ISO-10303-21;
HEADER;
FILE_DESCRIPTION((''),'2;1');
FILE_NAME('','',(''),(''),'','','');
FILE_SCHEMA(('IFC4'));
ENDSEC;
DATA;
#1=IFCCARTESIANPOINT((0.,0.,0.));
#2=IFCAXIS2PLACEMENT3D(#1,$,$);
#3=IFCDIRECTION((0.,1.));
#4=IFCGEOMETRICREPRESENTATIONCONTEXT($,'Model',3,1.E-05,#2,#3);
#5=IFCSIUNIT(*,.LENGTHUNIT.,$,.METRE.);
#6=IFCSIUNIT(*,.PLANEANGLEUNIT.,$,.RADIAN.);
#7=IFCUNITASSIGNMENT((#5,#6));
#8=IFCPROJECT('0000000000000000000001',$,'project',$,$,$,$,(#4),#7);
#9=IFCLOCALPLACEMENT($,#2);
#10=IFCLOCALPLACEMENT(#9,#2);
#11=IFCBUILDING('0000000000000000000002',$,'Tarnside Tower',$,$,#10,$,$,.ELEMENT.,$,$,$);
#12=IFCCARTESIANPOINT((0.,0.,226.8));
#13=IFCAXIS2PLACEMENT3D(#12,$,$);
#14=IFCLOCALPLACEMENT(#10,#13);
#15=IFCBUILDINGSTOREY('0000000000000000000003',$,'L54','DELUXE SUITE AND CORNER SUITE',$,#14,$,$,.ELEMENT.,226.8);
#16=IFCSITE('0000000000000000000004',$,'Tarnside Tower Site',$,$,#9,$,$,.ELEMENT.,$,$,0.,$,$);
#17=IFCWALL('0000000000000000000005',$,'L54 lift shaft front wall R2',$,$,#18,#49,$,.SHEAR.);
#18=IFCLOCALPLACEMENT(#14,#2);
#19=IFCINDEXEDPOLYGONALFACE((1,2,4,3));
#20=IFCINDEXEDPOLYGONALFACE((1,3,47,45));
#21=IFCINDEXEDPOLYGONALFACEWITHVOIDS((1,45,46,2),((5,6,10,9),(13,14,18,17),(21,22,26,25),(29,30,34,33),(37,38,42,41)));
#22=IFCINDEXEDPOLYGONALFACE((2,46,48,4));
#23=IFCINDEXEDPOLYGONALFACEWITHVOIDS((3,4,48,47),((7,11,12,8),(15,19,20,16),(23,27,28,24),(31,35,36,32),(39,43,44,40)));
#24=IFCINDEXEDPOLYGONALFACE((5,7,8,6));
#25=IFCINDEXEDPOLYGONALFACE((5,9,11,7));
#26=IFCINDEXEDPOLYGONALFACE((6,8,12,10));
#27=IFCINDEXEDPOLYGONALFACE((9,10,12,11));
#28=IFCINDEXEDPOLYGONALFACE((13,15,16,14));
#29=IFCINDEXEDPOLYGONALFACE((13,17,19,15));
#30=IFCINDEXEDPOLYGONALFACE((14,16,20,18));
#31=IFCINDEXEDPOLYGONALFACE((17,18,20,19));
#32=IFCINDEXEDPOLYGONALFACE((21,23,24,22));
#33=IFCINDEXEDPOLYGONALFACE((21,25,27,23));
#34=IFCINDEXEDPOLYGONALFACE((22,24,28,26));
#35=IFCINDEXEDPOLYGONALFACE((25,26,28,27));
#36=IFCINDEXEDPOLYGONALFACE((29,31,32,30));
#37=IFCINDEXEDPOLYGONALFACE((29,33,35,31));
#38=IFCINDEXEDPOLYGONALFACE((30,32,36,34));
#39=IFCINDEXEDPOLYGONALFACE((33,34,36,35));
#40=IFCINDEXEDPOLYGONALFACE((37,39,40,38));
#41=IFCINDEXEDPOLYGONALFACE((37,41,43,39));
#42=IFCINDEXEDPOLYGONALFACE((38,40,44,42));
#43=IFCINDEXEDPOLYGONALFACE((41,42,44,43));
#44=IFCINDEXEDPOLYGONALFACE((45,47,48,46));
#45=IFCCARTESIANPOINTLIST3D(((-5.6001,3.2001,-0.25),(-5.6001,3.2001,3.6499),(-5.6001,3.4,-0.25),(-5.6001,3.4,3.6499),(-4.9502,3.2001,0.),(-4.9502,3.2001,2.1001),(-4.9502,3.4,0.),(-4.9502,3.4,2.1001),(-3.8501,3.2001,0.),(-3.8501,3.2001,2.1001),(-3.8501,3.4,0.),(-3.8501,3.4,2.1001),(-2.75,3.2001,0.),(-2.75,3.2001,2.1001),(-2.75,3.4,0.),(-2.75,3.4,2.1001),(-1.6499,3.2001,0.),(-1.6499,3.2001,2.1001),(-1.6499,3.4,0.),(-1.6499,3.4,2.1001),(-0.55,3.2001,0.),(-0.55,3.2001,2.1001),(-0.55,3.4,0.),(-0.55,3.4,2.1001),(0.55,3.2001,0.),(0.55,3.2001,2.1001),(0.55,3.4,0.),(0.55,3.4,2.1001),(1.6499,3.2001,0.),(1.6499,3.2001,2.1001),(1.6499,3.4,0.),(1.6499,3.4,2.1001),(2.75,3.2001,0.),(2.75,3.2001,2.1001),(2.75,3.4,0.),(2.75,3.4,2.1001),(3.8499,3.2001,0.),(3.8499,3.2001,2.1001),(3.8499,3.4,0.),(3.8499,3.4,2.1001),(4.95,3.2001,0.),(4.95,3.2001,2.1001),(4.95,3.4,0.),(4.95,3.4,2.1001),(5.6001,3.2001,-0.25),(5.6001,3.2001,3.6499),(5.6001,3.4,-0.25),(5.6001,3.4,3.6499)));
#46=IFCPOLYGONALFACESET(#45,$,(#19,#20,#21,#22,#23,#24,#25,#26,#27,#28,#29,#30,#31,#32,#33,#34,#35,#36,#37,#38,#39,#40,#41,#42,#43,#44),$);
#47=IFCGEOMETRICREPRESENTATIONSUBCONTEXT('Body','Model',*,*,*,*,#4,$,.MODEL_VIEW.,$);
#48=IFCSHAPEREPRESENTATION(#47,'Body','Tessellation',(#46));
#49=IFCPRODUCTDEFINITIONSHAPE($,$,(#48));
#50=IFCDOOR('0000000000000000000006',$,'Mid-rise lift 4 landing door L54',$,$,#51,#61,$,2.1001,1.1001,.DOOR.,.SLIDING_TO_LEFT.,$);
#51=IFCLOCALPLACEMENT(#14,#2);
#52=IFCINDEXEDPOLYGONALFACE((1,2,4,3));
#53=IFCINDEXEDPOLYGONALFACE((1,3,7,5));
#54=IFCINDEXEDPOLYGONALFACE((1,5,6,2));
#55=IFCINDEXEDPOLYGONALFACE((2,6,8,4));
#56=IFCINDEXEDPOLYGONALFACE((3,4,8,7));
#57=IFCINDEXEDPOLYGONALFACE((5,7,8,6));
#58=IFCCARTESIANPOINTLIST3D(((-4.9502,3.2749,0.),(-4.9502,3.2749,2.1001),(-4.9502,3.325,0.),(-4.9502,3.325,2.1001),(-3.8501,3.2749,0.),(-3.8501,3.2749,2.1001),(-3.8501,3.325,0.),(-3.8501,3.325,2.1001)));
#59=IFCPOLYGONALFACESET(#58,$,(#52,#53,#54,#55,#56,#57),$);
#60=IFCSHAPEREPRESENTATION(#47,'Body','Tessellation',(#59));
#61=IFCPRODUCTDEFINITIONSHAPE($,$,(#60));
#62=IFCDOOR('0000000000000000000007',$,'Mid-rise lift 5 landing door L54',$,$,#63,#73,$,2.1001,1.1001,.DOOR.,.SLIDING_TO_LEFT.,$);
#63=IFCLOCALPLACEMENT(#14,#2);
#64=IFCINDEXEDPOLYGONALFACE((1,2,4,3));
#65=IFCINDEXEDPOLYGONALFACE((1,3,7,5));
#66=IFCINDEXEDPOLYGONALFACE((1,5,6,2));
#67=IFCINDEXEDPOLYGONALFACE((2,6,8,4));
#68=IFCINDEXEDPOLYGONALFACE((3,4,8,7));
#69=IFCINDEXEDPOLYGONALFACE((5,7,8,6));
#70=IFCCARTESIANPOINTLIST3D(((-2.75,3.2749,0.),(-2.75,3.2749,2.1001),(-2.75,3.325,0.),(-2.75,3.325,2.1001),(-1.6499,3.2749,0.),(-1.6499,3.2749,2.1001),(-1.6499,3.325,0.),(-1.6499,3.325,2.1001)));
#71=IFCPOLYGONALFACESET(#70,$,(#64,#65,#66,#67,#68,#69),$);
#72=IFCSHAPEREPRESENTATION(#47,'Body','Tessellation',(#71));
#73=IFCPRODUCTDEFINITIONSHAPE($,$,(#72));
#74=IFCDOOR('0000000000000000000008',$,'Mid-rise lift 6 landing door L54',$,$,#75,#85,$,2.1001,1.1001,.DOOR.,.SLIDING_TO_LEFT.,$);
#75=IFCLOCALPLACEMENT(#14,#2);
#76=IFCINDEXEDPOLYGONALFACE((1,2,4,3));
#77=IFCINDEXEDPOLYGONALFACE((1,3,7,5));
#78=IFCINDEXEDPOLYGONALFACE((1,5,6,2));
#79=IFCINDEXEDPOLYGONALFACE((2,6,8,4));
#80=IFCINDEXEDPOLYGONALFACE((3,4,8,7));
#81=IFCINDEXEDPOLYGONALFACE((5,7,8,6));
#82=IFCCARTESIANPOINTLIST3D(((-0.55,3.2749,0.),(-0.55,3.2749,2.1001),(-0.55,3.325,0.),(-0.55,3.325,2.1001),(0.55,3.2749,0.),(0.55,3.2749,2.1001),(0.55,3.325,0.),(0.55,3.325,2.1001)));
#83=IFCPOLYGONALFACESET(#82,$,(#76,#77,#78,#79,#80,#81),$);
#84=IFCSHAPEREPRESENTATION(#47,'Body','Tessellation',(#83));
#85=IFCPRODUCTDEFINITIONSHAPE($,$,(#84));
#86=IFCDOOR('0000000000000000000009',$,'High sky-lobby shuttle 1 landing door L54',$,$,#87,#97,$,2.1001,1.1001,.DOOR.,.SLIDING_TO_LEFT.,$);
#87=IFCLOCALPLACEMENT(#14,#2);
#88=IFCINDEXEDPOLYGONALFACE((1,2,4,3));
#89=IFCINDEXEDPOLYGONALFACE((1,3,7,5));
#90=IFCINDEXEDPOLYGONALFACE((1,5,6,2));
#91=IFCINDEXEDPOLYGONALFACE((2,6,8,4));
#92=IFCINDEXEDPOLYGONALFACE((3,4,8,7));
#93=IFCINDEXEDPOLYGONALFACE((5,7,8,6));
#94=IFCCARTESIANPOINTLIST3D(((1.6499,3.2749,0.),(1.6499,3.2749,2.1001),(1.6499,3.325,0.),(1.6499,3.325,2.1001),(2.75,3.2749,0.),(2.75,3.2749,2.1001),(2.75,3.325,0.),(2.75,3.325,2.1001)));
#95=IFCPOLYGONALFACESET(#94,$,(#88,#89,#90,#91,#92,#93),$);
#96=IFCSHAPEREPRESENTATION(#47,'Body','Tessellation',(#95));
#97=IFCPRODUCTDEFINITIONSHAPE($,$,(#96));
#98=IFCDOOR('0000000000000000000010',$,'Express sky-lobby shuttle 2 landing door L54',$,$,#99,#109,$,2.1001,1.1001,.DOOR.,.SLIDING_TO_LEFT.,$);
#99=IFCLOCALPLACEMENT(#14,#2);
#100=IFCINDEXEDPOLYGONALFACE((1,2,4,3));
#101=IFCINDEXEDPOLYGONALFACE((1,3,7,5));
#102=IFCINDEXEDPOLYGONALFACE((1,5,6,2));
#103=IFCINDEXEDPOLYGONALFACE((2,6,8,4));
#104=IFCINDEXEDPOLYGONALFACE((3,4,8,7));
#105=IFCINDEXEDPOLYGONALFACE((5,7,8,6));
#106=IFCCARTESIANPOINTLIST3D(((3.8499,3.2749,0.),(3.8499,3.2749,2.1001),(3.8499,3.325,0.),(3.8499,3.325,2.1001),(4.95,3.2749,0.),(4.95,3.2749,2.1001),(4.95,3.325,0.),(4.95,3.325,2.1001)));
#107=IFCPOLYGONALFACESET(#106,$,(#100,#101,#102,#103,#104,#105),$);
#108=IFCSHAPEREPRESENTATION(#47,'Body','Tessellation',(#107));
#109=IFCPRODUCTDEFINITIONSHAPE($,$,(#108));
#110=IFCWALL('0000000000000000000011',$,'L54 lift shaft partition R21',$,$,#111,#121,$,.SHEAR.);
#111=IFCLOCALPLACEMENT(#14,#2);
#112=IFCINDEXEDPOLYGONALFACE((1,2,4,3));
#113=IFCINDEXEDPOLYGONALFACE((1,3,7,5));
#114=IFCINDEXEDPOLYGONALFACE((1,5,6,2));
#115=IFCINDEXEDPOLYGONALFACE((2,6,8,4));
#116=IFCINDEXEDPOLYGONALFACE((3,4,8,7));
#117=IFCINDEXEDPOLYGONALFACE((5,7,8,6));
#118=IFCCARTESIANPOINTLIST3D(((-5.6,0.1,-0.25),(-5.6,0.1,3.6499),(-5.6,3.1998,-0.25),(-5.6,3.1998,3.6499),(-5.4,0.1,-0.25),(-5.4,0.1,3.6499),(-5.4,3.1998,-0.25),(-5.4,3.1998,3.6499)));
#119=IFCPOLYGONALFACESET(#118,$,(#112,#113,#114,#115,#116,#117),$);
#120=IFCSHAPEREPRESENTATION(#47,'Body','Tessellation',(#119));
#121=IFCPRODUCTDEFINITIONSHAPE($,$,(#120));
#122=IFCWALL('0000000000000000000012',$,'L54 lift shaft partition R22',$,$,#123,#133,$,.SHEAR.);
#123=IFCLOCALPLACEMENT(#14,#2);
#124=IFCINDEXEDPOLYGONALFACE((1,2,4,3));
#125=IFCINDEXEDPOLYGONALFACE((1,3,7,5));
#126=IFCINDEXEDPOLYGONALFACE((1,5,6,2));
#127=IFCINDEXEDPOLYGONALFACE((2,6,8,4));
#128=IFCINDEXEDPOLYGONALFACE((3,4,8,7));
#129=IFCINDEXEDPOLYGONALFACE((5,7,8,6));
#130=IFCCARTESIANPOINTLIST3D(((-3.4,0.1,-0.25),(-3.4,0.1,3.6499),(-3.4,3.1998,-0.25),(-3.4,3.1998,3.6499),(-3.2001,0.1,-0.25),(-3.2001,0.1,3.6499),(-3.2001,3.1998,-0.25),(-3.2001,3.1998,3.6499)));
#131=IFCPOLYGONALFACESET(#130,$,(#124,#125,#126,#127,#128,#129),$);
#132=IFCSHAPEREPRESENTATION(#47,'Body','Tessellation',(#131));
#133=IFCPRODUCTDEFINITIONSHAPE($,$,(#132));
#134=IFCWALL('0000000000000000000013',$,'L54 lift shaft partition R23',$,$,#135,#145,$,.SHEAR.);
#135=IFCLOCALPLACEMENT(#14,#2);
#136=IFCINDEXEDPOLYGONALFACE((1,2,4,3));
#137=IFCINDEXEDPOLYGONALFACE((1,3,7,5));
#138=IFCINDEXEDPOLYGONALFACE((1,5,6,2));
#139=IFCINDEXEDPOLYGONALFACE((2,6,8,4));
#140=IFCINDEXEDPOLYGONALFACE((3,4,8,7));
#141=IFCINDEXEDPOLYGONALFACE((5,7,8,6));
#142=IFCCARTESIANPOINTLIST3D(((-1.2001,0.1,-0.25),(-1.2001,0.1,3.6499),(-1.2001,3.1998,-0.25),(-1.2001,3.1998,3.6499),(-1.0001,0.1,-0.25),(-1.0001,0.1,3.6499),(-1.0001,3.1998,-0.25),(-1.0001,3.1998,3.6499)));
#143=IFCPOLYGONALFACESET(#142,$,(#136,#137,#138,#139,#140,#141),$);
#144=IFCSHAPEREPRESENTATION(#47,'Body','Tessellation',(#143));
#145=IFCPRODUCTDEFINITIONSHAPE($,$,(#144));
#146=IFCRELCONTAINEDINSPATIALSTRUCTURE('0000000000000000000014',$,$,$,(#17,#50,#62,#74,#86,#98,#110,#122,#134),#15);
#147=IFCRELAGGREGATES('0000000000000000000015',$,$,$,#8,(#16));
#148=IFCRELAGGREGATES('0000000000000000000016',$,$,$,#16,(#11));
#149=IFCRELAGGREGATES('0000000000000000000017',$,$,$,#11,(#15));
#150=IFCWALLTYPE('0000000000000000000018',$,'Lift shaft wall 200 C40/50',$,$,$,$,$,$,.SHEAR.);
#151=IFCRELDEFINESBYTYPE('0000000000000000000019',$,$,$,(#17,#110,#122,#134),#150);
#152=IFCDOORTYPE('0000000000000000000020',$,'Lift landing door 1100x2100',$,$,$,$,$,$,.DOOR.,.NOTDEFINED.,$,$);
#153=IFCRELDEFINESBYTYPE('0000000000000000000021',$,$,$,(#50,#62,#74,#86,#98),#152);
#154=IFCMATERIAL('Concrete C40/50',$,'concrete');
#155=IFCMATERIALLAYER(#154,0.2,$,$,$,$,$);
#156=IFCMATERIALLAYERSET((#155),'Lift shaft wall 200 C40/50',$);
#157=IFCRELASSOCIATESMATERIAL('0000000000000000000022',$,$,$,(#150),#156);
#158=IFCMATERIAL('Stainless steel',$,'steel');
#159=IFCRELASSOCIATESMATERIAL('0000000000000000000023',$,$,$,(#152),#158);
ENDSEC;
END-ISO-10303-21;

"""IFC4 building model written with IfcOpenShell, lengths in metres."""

from ifc_helpers import new_model, si_unit, direction, frame, frame_2d, origin, place, context, subcontext, project, spatial, rectangle, extrude, material, layer, layer_set, type_object, element, fill, save


model = new_model("IFC4")

# Units and contexts
model_context = context("Model", 3, precision=1e-05, world=origin(), true_north=direction((0.0, 1.0)))
body_context = subcontext(model_context, "Body", "Model", "MODEL_VIEW")
ifc_project = project(units=[si_unit("LENGTHUNIT", "METRE"), si_unit("PLANEANGLEUNIT", "RADIAN")], contexts=[model_context])

# Site, building, storey
site_placement = place(None, origin())
site = spatial("IfcSite", under=ifc_project, at=site_placement, Name="Tarnside Tower Site", CompositionType="ELEMENT", RefElevation=0.0)
building_placement = place(site_placement, origin())
building = spatial("IfcBuilding", under=site, at=building_placement, Name="Tarnside Tower", CompositionType="ELEMENT")
storey_placement = place(building_placement, frame((0.0, 0.0, 226.8)))
storey = spatial("IfcBuildingStorey", under=building, at=storey_placement, Name="L54", Description="DELUXE SUITE AND CORNER SUITE", CompositionType="ELEMENT", Elevation=226.8)

# Shared definitions
ifc_material_1 = material(Name="Concrete C40/50", Category="concrete")
ifc_layer_1 = layer(ifc_material_1, 0.2)
ifc_layer_set_1 = layer_set([ifc_layer_1], Name="Lift shaft wall 200 C40/50")
wall_type = type_object("IfcWallType", Name="Lift shaft wall 200 C40/50", PredefinedType="SHEAR", material=ifc_layer_set_1)
ifc_material_2 = material(Name="Stainless steel", Category="steel")
door_type_1 = type_object("IfcDoorType", Name="Lift landing door 1100x2100", OperationType="NOTDEFINED", PredefinedType="DOOR", material=ifc_material_2)

# Wall, openings, doors
wall_1_placement = place(storey_placement, frame((-5.6001, 3.3, -0.25), z_axis=(0.0, 0.0, 1.0), x_axis=(1.0, 0.0, 0.0)))
wall_1 = element("IfcWall", 1, at=wall_1_placement, inside=storey, type_object=wall_type, Name="L54 lift shaft front wall R2", PredefinedType="SHEAR", context=body_context, shape_type="SweptSolid", body=[
    extrude(rectangle(XDim=11.2002, YDim=0.2, at=frame_2d((5.6001, 0.0))), origin(), (0.0, 0.0, 1.0), 3.8999),
])
opening_1_placement = place(wall_1_placement, frame((0.6499, 0.0, 0.25)))
opening_1 = element("IfcOpeningElement", 2, at=opening_1_placement, cuts=wall_1, PredefinedType="OPENING", context=body_context, shape_type="SweptSolid", body=[
    extrude(rectangle(XDim=1.1001, YDim=2.1001, at=frame_2d((0.55, 1.05))), frame((0.0, 0.1099, 0.0), z_axis=(0.0, -1.0, 0.0), x_axis=(1.0, 0.0, 0.0)), (0.0, 0.0, 1.0), 0.22),
])
opening_2_placement = place(wall_1_placement, frame((2.8501, 0.0, 0.25)))
opening_2 = element("IfcOpeningElement", 3, at=opening_2_placement, cuts=wall_1, PredefinedType="OPENING", context=body_context, shape_type="SweptSolid", body=[
    extrude(rectangle(XDim=1.1001, YDim=2.1001, at=frame_2d((0.55, 1.05))), frame((0.0, 0.1099, 0.0), z_axis=(0.0, -1.0, 0.0), x_axis=(1.0, 0.0, 0.0)), (0.0, 0.0, 1.0), 0.22),
])
opening_3_placement = place(wall_1_placement, frame((5.05, 0.0, 0.25)))
opening_3 = element("IfcOpeningElement", 4, at=opening_3_placement, cuts=wall_1, PredefinedType="OPENING", context=body_context, shape_type="SweptSolid", body=[
    extrude(rectangle(XDim=1.1001, YDim=2.1001, at=frame_2d((0.55, 1.05))), frame((0.0, 0.1099, 0.0), z_axis=(0.0, -1.0, 0.0), x_axis=(1.0, 0.0, 0.0)), (0.0, 0.0, 1.0), 0.22),
])
opening_4_placement = place(wall_1_placement, frame((7.25, 0.0, 0.25)))
opening_4 = element("IfcOpeningElement", 5, at=opening_4_placement, cuts=wall_1, PredefinedType="OPENING", context=body_context, shape_type="SweptSolid", body=[
    extrude(rectangle(XDim=1.1001, YDim=2.1001, at=frame_2d((0.55, 1.05))), frame((0.0, 0.1099, 0.0), z_axis=(0.0, -1.0, 0.0), x_axis=(1.0, 0.0, 0.0)), (0.0, 0.0, 1.0), 0.22),
])
opening_5_placement = place(wall_1_placement, frame((9.45, 0.0, 0.25)))
opening_5 = element("IfcOpeningElement", 6, at=opening_5_placement, cuts=wall_1, PredefinedType="OPENING", context=body_context, shape_type="SweptSolid", body=[
    extrude(rectangle(XDim=1.1001, YDim=2.1001, at=frame_2d((0.55, 1.05))), frame((0.0, 0.1099, 0.0), z_axis=(0.0, -1.0, 0.0), x_axis=(1.0, 0.0, 0.0)), (0.0, 0.0, 1.0), 0.22),
])
door_1_placement = place(opening_1_placement, origin())
door_1 = element("IfcDoor", 7, at=door_1_placement, inside=storey, type_object=door_type_1, Name="Mid-rise lift 4 landing door L54", OperationType="SLIDING_TO_LEFT", OverallHeight=2.1001, OverallWidth=1.1001, PredefinedType="DOOR", context=body_context, shape_type="SweptSolid", body=[
    extrude(rectangle(XDim=1.1001, YDim=2.1001, at=frame_2d((0.55, 1.05))), frame((0.0, 0.0249, 0.0), z_axis=(0.0, -1.0, 0.0), x_axis=(1.0, 0.0, 0.0)), (0.0, 0.0, 1.0), 0.05),
])
fill(opening_1, door_1)
door_2_placement = place(opening_2_placement, origin())
door_2 = element("IfcDoor", 8, at=door_2_placement, inside=storey, type_object=door_type_1, Name="Mid-rise lift 5 landing door L54", OperationType="SLIDING_TO_LEFT", OverallHeight=2.1001, OverallWidth=1.1001, PredefinedType="DOOR", context=body_context, shape_type="SweptSolid", body=[
    extrude(rectangle(XDim=1.1001, YDim=2.1001, at=frame_2d((0.55, 1.05))), frame((0.0, 0.0249, 0.0), z_axis=(0.0, -1.0, 0.0), x_axis=(1.0, 0.0, 0.0)), (0.0, 0.0, 1.0), 0.05),
])
fill(opening_2, door_2)
door_3_placement = place(opening_3_placement, origin())
door_3 = element("IfcDoor", 9, at=door_3_placement, inside=storey, type_object=door_type_1, Name="Mid-rise lift 6 landing door L54", OperationType="SLIDING_TO_LEFT", OverallHeight=2.1001, OverallWidth=1.1001, PredefinedType="DOOR", context=body_context, shape_type="SweptSolid", body=[
    extrude(rectangle(XDim=1.1001, YDim=2.1001, at=frame_2d((0.55, 1.05))), frame((0.0, 0.0249, 0.0), z_axis=(0.0, -1.0, 0.0), x_axis=(1.0, 0.0, 0.0)), (0.0, 0.0, 1.0), 0.05),
])
fill(opening_3, door_3)
door_4_placement = place(opening_4_placement, origin())
door_4 = element("IfcDoor", 10, at=door_4_placement, inside=storey, type_object=door_type_1, Name="High sky-lobby shuttle 1 landing door L54", OperationType="SLIDING_TO_LEFT", OverallHeight=2.1001, OverallWidth=1.1001, PredefinedType="DOOR", context=body_context, shape_type="SweptSolid", body=[
    extrude(rectangle(XDim=1.1001, YDim=2.1001, at=frame_2d((0.55, 1.05))), frame((0.0, 0.0249, 0.0), z_axis=(0.0, -1.0, 0.0), x_axis=(1.0, 0.0, 0.0)), (0.0, 0.0, 1.0), 0.05),
])
fill(opening_4, door_4)
door_5_placement = place(opening_5_placement, origin())
door_5 = element("IfcDoor", 11, at=door_5_placement, inside=storey, type_object=door_type_1, Name="Express sky-lobby shuttle 2 landing door L54", OperationType="SLIDING_TO_LEFT", OverallHeight=2.1001, OverallWidth=1.1001, PredefinedType="DOOR", context=body_context, shape_type="SweptSolid", body=[
    extrude(rectangle(XDim=1.1001, YDim=2.1001, at=frame_2d((0.55, 1.05))), frame((0.0, 0.0249, 0.0), z_axis=(0.0, -1.0, 0.0), x_axis=(1.0, 0.0, 0.0)), (0.0, 0.0, 1.0), 0.05),
])
fill(opening_5, door_5)

# Walls
for number, where, z_axis, x_axis, name in (
    (12, (-5.5, 0.1001, -0.25), (0.0, 0.0, 1.0), (0.0, 1.0, 0.0), "L54 lift shaft partition R21"),
    (13, (-3.3, 0.1001, -0.25), (0.0, 0.0, 1.0), (0.0, 1.0, 0.0), "L54 lift shaft partition R22"),
    (14, (-1.1001, 0.1001, -0.25), (0.0, 0.0, 1.0), (0.0, 1.0, 0.0), "L54 lift shaft partition R23"),
):
    element("IfcWall", number, at=place(storey_placement, frame(where, z_axis=z_axis, x_axis=x_axis)), inside=storey, type_object=wall_type, Name=name, PredefinedType="SHEAR", context=body_context, shape_type="SweptSolid", body=[
        extrude(rectangle(XDim=3.0999, YDim=0.2, at=frame_2d((1.5498, 0.0))), origin(), (0.0, 0.0, 1.0), 3.8999),
    ])

save(model, "model.ifc")
